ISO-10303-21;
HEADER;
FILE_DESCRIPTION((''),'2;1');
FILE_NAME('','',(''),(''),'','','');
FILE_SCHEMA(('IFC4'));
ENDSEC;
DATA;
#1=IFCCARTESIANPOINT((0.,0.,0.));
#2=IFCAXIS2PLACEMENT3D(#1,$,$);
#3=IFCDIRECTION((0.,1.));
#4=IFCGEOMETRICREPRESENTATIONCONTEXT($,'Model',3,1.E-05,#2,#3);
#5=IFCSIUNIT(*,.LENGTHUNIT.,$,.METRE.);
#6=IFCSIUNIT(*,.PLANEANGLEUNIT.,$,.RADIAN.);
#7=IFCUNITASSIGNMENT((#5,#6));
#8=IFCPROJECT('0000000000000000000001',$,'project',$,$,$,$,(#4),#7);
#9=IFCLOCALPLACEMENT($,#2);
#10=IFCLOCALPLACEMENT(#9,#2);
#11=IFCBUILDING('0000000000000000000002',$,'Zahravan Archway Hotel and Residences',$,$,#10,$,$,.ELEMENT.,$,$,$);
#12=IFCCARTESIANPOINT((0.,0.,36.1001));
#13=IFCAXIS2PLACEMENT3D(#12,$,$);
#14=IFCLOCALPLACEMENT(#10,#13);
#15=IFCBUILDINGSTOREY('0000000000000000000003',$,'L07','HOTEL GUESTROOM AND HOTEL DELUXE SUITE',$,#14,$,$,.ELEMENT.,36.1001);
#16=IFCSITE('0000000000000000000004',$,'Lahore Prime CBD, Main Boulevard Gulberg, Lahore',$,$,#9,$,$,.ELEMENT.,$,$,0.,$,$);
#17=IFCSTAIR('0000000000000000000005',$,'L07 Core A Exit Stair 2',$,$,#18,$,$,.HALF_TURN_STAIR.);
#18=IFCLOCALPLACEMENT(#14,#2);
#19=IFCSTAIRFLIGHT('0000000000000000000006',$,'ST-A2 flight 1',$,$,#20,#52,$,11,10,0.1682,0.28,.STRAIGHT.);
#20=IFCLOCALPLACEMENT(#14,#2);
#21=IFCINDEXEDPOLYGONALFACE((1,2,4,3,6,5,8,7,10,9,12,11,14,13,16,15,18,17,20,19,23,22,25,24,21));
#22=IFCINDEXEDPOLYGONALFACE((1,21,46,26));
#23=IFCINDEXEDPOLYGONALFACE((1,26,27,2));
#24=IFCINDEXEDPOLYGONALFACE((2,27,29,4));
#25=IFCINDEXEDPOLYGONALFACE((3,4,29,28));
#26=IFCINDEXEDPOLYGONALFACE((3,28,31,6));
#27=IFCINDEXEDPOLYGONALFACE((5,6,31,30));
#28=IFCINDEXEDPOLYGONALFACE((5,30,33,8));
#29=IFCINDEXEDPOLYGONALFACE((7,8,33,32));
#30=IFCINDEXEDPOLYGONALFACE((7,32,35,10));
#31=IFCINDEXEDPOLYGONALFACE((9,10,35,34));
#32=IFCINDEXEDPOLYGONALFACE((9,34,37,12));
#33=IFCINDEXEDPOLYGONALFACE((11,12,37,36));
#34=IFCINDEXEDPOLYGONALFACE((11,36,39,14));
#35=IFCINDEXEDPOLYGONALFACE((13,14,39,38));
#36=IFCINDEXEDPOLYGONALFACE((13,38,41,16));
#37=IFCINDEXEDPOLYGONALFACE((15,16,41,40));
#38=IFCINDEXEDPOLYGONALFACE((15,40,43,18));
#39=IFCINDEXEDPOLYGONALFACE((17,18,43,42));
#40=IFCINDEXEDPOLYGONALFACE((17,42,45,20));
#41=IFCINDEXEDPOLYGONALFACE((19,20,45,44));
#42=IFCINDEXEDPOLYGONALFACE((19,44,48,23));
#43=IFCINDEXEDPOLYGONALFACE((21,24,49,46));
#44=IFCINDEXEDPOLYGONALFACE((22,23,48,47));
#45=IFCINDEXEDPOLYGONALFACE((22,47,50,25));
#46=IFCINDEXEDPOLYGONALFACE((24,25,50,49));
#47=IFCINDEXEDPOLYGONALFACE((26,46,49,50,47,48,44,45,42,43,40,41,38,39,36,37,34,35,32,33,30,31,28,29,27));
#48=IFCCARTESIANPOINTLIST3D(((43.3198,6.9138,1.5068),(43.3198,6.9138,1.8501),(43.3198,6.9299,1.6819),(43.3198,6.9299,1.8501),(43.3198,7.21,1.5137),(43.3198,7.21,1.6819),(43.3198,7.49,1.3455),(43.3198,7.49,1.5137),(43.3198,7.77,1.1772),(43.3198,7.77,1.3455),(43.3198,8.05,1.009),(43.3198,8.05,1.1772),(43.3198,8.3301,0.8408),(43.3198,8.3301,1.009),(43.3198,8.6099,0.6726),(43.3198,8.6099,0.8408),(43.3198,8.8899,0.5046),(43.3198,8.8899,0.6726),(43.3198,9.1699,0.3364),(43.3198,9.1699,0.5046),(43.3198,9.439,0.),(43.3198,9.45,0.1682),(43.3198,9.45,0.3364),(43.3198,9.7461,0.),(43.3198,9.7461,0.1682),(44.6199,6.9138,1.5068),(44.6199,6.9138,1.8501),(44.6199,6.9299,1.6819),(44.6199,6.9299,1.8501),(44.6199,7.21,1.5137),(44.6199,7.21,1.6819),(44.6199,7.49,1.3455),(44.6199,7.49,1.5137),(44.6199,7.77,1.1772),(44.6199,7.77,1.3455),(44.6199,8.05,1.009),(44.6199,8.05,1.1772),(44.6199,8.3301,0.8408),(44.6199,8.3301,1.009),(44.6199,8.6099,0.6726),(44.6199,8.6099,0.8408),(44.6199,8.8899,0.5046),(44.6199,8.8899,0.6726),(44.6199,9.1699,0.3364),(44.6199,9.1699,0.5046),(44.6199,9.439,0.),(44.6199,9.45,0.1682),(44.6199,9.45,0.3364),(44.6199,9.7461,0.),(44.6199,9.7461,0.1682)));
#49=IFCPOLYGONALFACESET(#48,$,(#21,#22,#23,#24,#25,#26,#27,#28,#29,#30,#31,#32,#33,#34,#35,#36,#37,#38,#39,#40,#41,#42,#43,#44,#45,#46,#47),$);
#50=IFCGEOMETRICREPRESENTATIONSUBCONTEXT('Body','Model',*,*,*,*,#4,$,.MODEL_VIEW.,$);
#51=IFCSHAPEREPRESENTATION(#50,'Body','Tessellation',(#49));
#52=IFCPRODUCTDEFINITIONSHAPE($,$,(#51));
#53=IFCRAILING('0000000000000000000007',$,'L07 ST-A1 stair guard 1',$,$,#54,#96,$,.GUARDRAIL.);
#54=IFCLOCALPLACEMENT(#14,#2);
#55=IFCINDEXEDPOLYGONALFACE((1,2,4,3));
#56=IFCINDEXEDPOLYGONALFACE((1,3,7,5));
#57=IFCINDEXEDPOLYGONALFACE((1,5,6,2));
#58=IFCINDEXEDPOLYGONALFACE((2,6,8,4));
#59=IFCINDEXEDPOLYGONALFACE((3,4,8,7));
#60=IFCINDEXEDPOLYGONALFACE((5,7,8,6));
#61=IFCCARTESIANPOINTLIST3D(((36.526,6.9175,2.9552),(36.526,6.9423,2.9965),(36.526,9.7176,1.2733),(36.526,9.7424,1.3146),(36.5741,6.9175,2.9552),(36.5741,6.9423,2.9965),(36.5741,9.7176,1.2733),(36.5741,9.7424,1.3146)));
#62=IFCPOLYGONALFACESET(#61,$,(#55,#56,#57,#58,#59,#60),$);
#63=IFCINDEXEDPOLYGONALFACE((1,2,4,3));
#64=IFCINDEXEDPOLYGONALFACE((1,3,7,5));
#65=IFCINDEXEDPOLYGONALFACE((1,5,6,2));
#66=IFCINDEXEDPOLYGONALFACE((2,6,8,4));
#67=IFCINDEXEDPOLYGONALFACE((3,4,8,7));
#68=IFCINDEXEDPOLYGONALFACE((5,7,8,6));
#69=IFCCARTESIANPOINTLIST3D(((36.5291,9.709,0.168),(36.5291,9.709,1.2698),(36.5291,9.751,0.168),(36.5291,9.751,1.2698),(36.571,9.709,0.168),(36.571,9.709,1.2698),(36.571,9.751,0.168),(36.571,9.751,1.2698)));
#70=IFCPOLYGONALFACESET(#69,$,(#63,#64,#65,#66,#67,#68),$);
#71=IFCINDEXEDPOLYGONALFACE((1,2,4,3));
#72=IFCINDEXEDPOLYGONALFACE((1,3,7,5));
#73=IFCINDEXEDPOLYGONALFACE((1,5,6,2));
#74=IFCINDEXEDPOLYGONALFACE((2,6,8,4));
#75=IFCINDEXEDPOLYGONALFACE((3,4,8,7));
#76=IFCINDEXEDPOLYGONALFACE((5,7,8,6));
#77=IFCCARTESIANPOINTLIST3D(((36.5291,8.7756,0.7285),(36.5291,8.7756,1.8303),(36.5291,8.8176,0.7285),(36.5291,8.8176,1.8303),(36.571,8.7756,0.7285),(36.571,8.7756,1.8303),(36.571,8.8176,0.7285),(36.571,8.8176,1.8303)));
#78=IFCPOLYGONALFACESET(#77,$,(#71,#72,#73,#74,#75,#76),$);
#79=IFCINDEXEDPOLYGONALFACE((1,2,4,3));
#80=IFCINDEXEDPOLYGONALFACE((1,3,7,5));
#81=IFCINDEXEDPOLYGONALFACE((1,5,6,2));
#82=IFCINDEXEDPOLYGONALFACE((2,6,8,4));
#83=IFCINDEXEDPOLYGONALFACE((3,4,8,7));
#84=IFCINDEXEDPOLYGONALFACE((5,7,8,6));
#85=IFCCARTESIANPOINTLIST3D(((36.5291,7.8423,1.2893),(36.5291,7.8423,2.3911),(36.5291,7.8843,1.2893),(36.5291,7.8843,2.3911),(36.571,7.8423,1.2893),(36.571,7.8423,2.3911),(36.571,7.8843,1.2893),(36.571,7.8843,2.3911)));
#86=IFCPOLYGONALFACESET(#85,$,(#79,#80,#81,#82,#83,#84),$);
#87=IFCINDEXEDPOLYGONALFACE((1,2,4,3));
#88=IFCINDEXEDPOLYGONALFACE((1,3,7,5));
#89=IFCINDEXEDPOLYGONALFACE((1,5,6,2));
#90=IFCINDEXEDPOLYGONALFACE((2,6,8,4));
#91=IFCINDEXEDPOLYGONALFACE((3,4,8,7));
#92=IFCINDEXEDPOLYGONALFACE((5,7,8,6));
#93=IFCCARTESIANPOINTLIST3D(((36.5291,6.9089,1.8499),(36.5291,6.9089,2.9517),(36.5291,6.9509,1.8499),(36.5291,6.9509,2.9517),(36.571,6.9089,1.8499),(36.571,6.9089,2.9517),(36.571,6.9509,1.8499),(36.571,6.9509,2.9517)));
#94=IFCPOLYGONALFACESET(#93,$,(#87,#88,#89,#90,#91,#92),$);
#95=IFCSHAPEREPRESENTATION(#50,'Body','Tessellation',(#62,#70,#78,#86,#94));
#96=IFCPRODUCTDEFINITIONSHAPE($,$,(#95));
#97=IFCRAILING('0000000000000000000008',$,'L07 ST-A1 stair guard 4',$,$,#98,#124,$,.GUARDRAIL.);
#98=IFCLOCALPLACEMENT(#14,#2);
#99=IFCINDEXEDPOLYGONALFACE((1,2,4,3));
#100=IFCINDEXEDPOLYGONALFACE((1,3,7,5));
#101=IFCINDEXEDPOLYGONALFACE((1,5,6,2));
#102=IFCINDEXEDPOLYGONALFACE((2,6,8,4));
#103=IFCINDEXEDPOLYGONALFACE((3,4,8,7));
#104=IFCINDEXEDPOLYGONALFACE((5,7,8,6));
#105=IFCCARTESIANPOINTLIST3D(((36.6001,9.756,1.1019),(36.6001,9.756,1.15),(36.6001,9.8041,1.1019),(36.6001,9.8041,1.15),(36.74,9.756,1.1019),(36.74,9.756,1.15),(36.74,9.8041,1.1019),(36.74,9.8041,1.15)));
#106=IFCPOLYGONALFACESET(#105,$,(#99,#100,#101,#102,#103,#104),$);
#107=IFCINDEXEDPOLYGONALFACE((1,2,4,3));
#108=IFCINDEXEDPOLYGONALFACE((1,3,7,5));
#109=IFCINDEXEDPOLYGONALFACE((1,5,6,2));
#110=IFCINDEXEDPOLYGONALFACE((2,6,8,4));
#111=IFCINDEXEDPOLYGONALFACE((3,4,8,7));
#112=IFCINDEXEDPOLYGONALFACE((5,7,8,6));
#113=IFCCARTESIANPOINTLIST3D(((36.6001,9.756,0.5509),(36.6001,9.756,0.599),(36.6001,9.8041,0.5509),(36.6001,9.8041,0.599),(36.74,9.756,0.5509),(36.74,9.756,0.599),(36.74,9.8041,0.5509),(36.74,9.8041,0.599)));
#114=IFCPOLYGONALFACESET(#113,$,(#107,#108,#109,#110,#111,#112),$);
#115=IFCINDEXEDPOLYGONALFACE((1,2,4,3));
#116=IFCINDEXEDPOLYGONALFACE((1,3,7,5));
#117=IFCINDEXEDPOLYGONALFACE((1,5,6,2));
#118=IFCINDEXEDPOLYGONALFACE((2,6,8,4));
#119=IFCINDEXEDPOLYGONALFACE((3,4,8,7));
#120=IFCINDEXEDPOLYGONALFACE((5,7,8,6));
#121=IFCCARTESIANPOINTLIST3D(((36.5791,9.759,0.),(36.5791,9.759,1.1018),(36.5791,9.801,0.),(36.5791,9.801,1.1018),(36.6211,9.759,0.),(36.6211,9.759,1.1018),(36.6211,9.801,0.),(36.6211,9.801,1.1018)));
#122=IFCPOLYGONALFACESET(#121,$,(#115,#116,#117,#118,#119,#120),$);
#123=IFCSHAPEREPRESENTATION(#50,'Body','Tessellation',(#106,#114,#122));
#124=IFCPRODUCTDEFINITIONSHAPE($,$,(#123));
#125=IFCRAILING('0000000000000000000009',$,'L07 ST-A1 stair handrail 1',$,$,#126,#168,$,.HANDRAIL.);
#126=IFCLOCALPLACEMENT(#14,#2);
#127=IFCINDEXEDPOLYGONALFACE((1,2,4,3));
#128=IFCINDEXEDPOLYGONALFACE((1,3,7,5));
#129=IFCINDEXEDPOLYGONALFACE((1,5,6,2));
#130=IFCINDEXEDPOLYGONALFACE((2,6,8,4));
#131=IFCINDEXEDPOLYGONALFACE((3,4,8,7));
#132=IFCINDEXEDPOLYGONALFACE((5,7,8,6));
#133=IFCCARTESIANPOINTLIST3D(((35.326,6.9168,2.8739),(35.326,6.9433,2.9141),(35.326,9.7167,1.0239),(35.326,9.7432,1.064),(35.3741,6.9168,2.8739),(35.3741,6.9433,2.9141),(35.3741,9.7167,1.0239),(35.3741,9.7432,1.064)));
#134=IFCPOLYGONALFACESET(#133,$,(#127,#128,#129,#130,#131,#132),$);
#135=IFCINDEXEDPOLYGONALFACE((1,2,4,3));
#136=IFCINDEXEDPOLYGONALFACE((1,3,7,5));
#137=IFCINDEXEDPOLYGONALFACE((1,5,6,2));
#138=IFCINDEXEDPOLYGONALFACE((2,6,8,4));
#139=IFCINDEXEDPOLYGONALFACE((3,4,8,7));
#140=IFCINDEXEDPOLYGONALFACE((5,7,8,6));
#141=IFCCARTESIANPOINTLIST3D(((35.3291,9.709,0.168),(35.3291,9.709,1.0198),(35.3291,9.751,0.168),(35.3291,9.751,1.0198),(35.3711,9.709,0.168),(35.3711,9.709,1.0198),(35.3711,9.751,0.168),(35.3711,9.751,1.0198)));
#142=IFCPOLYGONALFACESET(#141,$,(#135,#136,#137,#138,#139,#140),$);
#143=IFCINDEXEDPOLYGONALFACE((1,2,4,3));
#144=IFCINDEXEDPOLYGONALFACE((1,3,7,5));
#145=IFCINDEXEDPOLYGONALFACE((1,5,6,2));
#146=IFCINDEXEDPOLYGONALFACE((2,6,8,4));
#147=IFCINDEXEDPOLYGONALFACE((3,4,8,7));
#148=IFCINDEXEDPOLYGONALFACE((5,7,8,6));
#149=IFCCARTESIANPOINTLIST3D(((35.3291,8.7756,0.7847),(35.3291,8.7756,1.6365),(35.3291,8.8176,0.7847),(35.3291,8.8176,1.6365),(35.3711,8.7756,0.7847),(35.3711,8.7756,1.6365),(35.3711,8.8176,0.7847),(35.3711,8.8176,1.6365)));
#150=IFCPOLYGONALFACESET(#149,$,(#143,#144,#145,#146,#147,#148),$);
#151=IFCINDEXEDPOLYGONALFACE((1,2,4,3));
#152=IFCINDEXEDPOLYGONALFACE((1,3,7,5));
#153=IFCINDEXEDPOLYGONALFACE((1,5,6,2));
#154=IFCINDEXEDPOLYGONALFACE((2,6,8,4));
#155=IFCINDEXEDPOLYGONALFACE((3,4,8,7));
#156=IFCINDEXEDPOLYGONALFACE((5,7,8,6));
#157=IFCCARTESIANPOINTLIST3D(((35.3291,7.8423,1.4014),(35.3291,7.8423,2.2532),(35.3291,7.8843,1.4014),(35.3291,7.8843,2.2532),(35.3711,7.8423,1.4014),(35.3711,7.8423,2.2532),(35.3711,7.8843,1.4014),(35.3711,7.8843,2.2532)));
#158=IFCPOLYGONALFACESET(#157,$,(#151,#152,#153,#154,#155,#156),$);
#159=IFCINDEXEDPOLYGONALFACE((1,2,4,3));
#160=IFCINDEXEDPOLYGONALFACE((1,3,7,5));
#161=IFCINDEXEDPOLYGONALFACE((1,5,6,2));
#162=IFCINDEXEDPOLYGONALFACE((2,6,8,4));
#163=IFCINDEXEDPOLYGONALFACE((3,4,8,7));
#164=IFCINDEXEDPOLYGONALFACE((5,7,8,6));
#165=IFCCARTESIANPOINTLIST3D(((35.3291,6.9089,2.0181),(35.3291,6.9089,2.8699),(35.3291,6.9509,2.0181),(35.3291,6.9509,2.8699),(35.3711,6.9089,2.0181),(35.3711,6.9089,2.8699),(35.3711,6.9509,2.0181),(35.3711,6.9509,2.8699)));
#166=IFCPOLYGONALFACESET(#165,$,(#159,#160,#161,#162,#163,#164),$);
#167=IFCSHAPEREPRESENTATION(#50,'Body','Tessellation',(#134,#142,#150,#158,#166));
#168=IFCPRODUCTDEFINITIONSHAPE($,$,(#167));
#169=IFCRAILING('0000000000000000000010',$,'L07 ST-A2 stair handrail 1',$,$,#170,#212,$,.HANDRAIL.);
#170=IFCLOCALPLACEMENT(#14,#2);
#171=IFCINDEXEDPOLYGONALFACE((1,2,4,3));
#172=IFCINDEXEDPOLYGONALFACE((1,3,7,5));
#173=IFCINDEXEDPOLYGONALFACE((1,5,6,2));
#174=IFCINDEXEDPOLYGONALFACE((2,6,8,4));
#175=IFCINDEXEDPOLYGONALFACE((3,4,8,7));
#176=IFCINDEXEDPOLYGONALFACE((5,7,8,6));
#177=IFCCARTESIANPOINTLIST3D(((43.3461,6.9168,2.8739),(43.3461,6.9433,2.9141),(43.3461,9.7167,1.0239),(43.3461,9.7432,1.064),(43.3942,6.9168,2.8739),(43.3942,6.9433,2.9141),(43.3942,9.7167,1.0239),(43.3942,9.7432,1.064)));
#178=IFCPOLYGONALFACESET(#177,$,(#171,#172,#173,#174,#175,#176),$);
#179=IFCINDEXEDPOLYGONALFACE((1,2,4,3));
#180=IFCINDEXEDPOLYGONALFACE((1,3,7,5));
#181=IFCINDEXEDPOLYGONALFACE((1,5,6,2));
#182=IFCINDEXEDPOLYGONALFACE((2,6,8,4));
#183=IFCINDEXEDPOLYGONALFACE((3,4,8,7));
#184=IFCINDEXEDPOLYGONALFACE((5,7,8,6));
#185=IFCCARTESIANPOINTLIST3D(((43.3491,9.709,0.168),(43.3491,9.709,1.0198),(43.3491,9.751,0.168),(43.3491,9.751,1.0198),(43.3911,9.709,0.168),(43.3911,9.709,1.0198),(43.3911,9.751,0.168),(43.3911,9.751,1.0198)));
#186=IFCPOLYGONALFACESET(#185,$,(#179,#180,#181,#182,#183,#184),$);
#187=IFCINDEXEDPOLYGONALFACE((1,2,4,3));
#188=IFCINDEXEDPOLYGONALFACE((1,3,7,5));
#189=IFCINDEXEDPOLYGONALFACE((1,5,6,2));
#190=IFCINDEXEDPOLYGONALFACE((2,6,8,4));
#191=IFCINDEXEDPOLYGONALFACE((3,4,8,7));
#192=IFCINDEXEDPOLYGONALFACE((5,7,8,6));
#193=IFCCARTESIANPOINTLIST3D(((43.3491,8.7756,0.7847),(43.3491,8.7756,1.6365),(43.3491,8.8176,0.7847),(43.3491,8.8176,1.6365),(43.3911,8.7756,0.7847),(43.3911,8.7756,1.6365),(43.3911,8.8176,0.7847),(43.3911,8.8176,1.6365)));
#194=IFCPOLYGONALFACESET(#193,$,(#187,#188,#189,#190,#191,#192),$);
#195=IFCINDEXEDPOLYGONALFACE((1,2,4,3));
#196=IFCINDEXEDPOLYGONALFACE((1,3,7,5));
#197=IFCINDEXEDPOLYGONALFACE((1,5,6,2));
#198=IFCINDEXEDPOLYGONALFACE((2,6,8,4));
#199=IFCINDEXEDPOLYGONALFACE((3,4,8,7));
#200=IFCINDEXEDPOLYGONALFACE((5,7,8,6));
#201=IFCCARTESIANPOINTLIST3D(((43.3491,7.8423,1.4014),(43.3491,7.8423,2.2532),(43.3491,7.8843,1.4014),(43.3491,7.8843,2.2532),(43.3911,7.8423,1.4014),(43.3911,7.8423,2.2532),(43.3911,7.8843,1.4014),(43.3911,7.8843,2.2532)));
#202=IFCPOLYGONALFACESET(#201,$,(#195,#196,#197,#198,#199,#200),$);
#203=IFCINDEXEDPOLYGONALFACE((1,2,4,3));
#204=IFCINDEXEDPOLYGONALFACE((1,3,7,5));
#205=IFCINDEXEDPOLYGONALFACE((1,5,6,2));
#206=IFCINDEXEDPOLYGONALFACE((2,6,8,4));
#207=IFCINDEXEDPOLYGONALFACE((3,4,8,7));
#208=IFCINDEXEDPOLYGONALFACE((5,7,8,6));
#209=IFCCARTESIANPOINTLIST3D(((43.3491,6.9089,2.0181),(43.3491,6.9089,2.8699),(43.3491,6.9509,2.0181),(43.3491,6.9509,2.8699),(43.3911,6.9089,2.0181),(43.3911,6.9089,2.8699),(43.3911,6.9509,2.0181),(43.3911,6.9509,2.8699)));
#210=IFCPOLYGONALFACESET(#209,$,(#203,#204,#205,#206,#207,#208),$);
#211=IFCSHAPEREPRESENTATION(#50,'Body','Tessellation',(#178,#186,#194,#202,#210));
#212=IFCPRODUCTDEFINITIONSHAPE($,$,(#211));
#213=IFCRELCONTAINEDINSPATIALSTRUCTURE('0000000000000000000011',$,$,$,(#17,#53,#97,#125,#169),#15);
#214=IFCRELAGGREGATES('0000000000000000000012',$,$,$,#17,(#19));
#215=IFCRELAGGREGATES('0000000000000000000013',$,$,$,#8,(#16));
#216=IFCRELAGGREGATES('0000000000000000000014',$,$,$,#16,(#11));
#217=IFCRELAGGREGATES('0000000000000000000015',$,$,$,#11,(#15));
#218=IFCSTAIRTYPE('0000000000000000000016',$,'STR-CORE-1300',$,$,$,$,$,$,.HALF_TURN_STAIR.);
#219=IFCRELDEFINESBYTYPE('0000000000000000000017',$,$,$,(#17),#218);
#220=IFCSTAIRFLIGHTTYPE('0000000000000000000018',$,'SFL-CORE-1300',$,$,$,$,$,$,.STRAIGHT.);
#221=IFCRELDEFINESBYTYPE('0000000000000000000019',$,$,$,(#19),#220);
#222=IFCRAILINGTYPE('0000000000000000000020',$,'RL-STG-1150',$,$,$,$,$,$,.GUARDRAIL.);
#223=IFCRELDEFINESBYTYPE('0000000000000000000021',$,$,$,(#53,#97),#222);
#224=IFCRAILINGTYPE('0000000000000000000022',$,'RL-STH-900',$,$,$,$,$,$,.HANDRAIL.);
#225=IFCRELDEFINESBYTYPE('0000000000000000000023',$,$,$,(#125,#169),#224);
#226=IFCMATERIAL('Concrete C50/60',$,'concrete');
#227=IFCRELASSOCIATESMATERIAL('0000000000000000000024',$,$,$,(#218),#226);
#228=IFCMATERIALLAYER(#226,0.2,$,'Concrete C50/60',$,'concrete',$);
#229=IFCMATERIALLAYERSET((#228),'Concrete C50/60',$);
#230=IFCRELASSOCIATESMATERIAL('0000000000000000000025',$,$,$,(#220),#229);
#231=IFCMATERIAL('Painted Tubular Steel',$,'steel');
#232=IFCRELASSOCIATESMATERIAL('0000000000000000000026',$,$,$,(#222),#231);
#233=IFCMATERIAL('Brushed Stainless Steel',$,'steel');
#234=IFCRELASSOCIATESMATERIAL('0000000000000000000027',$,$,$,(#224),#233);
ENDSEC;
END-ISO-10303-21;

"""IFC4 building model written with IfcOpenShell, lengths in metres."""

from ifc_helpers import new_model, si_unit, direction, frame, origin, origin_2d, place, context, subcontext, project, spatial, polyline, rectangle, outline, extrude, source, transform, mapped, material, layer, layer_set, type_object, element, aggregate, save


model = new_model("IFC4")

# Units and contexts
model_context = context("Model", 3, precision=1e-05, world=origin(), true_north=direction((0.0, 1.0)))
body_context = subcontext(model_context, "Body", "Model", "MODEL_VIEW")
ifc_project = project(units=[si_unit("LENGTHUNIT", "METRE"), si_unit("PLANEANGLEUNIT", "RADIAN")], contexts=[model_context])

# Site, building, storey
site_placement = place(None, origin())
site = spatial("IfcSite", under=ifc_project, at=site_placement, Name="Lahore Prime CBD, Main Boulevard Gulberg, Lahore", CompositionType="ELEMENT", RefElevation=0.0)
building_placement = place(site_placement, origin())
building = spatial("IfcBuilding", under=site, at=building_placement, Name="Zahravan Archway Hotel and Residences", CompositionType="ELEMENT")
storey_placement = place(building_placement, frame((0.0, 0.0, 36.1001)))
storey = spatial("IfcBuildingStorey", under=building, at=storey_placement, Name="L07", Description="HOTEL GUESTROOM AND HOTEL DELUXE SUITE", CompositionType="ELEMENT", Elevation=36.1001)

# Shared definitions
ifc_material_1 = material(Name="Brushed Stainless Steel", Category="steel")

# Shared definitions
ifc_material_2 = material(Name="Concrete C50/60", Category="concrete")

# Stair, stair flight
stair_type = type_object("IfcStairType", Name="STR-CORE-1300", PredefinedType="HALF_TURN_STAIR", material=ifc_material_2)
ifc_layer_1 = layer(ifc_material_2, 0.2, Name="Concrete C50/60", Category="concrete")
ifc_layer_set_1 = layer_set([ifc_layer_1], Name="Concrete C50/60")
stair_flight_type = type_object("IfcStairFlightType", Name="SFL-CORE-1300", PredefinedType="STRAIGHT", material=ifc_layer_set_1)
shared_shape_1 = source(origin(), body_context, "Body", "SweptSolid", [
    extrude(outline(polyline([(-0.0161, 0.0), (-0.0161, 0.1682), (0.28, 0.1682), (0.28, 0.3364), (0.5601, 0.3364), (0.5601, 0.5046), (0.8401, 0.5046), (0.8401, 0.6726), (1.1201, 0.6726), (1.1201, 0.8408), (1.3999, 0.8408), (1.3999, 1.009), (1.6799, 1.009), (1.6799, 1.1772), (1.96, 1.1772), (1.96, 1.3455), (2.24, 1.3455), (2.24, 1.5137), (2.52, 1.5137), (2.52, 1.6819), (2.8, 1.6819), (2.8, 1.8501), (2.8162, 1.8501), (2.8162, 1.5068), (0.291, 0.0), (-0.0161, 0.0)])), frame((0.0, 0.6499, 0.0), z_axis=(0.0, -1.0, 0.0), x_axis=(1.0, 0.0, 0.0)), (0.0, 0.0, 1.0), 1.3),
])
stair_1_placement = place(storey_placement, origin())
stair_1 = element("IfcStair", 1, at=stair_1_placement, inside=storey, type_object=stair_type, Name="L07 Core A Exit Stair 2", PredefinedType="HALF_TURN_STAIR")
stair_flight_1_placement = place(storey_placement, frame((43.97, 9.73, 0.0), z_axis=(0.0, 0.0, 1.0), x_axis=(0.0, -1.0, 0.0)))
stair_flight_1 = element("IfcStairFlight", 2, at=stair_flight_1_placement, type_object=stair_flight_type, Name="ST-A2 flight 1", NumberOfRisers=11, NumberOfTreads=10, PredefinedType="STRAIGHT", RiserHeight=0.1682, TreadLength=0.28, context=body_context, shape_type="MappedRepresentation", body=[
    mapped(shared_shape_1, transform((0.0, 0.0, 0.0), scale=1.0)),
])
aggregate(stair_1, [stair_flight_1])

# Railings
ifc_material_3 = material(Name="Painted Tubular Steel", Category="steel")
railing_type_1 = type_object("IfcRailingType", Name="RL-STG-1150", PredefinedType="GUARDRAIL", material=ifc_material_3)
railing_1_placement = place(storey_placement, frame((36.55, 9.73, 0.168)))
element("IfcRailing", 3, at=railing_1_placement, inside=storey, type_object=railing_type_1, Name="L07 ST-A1 stair guard 1", PredefinedType="GUARDRAIL", context=body_context, shape_type="SweptSolid", body=[
    extrude(rectangle(XDim=0.0481, YDim=0.0481, at=origin_2d()), frame((0.0, 0.0, 1.126), z_axis=(0.0, -0.857242, 0.514913), x_axis=(1.0, 0.0, 0.0)), (0.0, 0.0, 1.0), 3.2664),
    extrude(rectangle(XDim=0.042, YDim=0.042, at=origin_2d()), origin(), (0.0, 0.0, 1.0), 1.1018),
    extrude(rectangle(XDim=0.042, YDim=0.042, at=origin_2d()), frame((0.0, -0.9333, 0.5605)), (0.0, 0.0, 1.0), 1.1018),
    extrude(rectangle(XDim=0.042, YDim=0.042, at=origin_2d()), frame((0.0, -1.8667, 1.1213)), (0.0, 0.0, 1.0), 1.1018),
    extrude(rectangle(XDim=0.042, YDim=0.042, at=origin_2d()), frame((0.0, -2.8, 1.6819)), (0.0, 0.0, 1.0), 1.1018),
])
railing_2_placement = place(storey_placement, frame((36.6001, 9.78, 0.0)))
element("IfcRailing", 4, at=railing_2_placement, inside=storey, type_object=railing_type_1, Name="L07 ST-A1 stair guard 4", PredefinedType="GUARDRAIL", context=body_context, shape_type="SweptSolid", body=[
    extrude(rectangle(XDim=0.0481, YDim=0.0481, at=origin_2d()), frame((0.0, 0.0, 1.126), z_axis=(1.0, 0.0, 0.0), x_axis=(0.0, 1.0, 0.0)), (0.0, 0.0, 1.0), 0.1399),
    extrude(rectangle(XDim=0.0481, YDim=0.0481, at=origin_2d()), frame((0.0, 0.0, 0.575), z_axis=(1.0, 0.0, 0.0), x_axis=(0.0, 1.0, 0.0)), (0.0, 0.0, 1.0), 0.1399),
    extrude(rectangle(XDim=0.042, YDim=0.042, at=origin_2d()), origin(), (0.0, 0.0, 1.0), 1.1018),
])
railing_type_2 = type_object("IfcRailingType", Name="RL-STH-900", PredefinedType="HANDRAIL", material=ifc_material_1)
for number, where, name in (
    (5, (35.3501, 9.73, 0.168), "L07 ST-A1 stair handrail 1"),
    (6, (43.3701, 9.73, 0.168), "L07 ST-A2 stair handrail 1"),
):
    element("IfcRailing", number, at=place(storey_placement, frame(where)), inside=storey, type_object=railing_type_2, Name=name, PredefinedType="HANDRAIL", context=body_context, shape_type="SweptSolid", body=[
        extrude(rectangle(XDim=0.0481, YDim=0.0481, at=origin_2d()), frame((0.0, 0.0, 0.876), z_axis=(0.0, -0.834326, 0.551271), x_axis=(1.0, 0.0, 0.0)), (0.0, 0.0, 1.0), 3.356),
        extrude(rectangle(XDim=0.042, YDim=0.042, at=origin_2d()), origin(), (0.0, 0.0, 1.0), 0.8518),
        extrude(rectangle(XDim=0.042, YDim=0.042, at=origin_2d()), frame((0.0, -0.9333, 0.6167)), (0.0, 0.0, 1.0), 0.8518),
        extrude(rectangle(XDim=0.042, YDim=0.042, at=origin_2d()), frame((0.0, -1.8667, 1.2334)), (0.0, 0.0, 1.0), 0.8518),
        extrude(rectangle(XDim=0.042, YDim=0.042, at=origin_2d()), frame((0.0, -2.8, 1.8501)), (0.0, 0.0, 1.0), 0.8518),
    ])

save(model, "model.ifc")
